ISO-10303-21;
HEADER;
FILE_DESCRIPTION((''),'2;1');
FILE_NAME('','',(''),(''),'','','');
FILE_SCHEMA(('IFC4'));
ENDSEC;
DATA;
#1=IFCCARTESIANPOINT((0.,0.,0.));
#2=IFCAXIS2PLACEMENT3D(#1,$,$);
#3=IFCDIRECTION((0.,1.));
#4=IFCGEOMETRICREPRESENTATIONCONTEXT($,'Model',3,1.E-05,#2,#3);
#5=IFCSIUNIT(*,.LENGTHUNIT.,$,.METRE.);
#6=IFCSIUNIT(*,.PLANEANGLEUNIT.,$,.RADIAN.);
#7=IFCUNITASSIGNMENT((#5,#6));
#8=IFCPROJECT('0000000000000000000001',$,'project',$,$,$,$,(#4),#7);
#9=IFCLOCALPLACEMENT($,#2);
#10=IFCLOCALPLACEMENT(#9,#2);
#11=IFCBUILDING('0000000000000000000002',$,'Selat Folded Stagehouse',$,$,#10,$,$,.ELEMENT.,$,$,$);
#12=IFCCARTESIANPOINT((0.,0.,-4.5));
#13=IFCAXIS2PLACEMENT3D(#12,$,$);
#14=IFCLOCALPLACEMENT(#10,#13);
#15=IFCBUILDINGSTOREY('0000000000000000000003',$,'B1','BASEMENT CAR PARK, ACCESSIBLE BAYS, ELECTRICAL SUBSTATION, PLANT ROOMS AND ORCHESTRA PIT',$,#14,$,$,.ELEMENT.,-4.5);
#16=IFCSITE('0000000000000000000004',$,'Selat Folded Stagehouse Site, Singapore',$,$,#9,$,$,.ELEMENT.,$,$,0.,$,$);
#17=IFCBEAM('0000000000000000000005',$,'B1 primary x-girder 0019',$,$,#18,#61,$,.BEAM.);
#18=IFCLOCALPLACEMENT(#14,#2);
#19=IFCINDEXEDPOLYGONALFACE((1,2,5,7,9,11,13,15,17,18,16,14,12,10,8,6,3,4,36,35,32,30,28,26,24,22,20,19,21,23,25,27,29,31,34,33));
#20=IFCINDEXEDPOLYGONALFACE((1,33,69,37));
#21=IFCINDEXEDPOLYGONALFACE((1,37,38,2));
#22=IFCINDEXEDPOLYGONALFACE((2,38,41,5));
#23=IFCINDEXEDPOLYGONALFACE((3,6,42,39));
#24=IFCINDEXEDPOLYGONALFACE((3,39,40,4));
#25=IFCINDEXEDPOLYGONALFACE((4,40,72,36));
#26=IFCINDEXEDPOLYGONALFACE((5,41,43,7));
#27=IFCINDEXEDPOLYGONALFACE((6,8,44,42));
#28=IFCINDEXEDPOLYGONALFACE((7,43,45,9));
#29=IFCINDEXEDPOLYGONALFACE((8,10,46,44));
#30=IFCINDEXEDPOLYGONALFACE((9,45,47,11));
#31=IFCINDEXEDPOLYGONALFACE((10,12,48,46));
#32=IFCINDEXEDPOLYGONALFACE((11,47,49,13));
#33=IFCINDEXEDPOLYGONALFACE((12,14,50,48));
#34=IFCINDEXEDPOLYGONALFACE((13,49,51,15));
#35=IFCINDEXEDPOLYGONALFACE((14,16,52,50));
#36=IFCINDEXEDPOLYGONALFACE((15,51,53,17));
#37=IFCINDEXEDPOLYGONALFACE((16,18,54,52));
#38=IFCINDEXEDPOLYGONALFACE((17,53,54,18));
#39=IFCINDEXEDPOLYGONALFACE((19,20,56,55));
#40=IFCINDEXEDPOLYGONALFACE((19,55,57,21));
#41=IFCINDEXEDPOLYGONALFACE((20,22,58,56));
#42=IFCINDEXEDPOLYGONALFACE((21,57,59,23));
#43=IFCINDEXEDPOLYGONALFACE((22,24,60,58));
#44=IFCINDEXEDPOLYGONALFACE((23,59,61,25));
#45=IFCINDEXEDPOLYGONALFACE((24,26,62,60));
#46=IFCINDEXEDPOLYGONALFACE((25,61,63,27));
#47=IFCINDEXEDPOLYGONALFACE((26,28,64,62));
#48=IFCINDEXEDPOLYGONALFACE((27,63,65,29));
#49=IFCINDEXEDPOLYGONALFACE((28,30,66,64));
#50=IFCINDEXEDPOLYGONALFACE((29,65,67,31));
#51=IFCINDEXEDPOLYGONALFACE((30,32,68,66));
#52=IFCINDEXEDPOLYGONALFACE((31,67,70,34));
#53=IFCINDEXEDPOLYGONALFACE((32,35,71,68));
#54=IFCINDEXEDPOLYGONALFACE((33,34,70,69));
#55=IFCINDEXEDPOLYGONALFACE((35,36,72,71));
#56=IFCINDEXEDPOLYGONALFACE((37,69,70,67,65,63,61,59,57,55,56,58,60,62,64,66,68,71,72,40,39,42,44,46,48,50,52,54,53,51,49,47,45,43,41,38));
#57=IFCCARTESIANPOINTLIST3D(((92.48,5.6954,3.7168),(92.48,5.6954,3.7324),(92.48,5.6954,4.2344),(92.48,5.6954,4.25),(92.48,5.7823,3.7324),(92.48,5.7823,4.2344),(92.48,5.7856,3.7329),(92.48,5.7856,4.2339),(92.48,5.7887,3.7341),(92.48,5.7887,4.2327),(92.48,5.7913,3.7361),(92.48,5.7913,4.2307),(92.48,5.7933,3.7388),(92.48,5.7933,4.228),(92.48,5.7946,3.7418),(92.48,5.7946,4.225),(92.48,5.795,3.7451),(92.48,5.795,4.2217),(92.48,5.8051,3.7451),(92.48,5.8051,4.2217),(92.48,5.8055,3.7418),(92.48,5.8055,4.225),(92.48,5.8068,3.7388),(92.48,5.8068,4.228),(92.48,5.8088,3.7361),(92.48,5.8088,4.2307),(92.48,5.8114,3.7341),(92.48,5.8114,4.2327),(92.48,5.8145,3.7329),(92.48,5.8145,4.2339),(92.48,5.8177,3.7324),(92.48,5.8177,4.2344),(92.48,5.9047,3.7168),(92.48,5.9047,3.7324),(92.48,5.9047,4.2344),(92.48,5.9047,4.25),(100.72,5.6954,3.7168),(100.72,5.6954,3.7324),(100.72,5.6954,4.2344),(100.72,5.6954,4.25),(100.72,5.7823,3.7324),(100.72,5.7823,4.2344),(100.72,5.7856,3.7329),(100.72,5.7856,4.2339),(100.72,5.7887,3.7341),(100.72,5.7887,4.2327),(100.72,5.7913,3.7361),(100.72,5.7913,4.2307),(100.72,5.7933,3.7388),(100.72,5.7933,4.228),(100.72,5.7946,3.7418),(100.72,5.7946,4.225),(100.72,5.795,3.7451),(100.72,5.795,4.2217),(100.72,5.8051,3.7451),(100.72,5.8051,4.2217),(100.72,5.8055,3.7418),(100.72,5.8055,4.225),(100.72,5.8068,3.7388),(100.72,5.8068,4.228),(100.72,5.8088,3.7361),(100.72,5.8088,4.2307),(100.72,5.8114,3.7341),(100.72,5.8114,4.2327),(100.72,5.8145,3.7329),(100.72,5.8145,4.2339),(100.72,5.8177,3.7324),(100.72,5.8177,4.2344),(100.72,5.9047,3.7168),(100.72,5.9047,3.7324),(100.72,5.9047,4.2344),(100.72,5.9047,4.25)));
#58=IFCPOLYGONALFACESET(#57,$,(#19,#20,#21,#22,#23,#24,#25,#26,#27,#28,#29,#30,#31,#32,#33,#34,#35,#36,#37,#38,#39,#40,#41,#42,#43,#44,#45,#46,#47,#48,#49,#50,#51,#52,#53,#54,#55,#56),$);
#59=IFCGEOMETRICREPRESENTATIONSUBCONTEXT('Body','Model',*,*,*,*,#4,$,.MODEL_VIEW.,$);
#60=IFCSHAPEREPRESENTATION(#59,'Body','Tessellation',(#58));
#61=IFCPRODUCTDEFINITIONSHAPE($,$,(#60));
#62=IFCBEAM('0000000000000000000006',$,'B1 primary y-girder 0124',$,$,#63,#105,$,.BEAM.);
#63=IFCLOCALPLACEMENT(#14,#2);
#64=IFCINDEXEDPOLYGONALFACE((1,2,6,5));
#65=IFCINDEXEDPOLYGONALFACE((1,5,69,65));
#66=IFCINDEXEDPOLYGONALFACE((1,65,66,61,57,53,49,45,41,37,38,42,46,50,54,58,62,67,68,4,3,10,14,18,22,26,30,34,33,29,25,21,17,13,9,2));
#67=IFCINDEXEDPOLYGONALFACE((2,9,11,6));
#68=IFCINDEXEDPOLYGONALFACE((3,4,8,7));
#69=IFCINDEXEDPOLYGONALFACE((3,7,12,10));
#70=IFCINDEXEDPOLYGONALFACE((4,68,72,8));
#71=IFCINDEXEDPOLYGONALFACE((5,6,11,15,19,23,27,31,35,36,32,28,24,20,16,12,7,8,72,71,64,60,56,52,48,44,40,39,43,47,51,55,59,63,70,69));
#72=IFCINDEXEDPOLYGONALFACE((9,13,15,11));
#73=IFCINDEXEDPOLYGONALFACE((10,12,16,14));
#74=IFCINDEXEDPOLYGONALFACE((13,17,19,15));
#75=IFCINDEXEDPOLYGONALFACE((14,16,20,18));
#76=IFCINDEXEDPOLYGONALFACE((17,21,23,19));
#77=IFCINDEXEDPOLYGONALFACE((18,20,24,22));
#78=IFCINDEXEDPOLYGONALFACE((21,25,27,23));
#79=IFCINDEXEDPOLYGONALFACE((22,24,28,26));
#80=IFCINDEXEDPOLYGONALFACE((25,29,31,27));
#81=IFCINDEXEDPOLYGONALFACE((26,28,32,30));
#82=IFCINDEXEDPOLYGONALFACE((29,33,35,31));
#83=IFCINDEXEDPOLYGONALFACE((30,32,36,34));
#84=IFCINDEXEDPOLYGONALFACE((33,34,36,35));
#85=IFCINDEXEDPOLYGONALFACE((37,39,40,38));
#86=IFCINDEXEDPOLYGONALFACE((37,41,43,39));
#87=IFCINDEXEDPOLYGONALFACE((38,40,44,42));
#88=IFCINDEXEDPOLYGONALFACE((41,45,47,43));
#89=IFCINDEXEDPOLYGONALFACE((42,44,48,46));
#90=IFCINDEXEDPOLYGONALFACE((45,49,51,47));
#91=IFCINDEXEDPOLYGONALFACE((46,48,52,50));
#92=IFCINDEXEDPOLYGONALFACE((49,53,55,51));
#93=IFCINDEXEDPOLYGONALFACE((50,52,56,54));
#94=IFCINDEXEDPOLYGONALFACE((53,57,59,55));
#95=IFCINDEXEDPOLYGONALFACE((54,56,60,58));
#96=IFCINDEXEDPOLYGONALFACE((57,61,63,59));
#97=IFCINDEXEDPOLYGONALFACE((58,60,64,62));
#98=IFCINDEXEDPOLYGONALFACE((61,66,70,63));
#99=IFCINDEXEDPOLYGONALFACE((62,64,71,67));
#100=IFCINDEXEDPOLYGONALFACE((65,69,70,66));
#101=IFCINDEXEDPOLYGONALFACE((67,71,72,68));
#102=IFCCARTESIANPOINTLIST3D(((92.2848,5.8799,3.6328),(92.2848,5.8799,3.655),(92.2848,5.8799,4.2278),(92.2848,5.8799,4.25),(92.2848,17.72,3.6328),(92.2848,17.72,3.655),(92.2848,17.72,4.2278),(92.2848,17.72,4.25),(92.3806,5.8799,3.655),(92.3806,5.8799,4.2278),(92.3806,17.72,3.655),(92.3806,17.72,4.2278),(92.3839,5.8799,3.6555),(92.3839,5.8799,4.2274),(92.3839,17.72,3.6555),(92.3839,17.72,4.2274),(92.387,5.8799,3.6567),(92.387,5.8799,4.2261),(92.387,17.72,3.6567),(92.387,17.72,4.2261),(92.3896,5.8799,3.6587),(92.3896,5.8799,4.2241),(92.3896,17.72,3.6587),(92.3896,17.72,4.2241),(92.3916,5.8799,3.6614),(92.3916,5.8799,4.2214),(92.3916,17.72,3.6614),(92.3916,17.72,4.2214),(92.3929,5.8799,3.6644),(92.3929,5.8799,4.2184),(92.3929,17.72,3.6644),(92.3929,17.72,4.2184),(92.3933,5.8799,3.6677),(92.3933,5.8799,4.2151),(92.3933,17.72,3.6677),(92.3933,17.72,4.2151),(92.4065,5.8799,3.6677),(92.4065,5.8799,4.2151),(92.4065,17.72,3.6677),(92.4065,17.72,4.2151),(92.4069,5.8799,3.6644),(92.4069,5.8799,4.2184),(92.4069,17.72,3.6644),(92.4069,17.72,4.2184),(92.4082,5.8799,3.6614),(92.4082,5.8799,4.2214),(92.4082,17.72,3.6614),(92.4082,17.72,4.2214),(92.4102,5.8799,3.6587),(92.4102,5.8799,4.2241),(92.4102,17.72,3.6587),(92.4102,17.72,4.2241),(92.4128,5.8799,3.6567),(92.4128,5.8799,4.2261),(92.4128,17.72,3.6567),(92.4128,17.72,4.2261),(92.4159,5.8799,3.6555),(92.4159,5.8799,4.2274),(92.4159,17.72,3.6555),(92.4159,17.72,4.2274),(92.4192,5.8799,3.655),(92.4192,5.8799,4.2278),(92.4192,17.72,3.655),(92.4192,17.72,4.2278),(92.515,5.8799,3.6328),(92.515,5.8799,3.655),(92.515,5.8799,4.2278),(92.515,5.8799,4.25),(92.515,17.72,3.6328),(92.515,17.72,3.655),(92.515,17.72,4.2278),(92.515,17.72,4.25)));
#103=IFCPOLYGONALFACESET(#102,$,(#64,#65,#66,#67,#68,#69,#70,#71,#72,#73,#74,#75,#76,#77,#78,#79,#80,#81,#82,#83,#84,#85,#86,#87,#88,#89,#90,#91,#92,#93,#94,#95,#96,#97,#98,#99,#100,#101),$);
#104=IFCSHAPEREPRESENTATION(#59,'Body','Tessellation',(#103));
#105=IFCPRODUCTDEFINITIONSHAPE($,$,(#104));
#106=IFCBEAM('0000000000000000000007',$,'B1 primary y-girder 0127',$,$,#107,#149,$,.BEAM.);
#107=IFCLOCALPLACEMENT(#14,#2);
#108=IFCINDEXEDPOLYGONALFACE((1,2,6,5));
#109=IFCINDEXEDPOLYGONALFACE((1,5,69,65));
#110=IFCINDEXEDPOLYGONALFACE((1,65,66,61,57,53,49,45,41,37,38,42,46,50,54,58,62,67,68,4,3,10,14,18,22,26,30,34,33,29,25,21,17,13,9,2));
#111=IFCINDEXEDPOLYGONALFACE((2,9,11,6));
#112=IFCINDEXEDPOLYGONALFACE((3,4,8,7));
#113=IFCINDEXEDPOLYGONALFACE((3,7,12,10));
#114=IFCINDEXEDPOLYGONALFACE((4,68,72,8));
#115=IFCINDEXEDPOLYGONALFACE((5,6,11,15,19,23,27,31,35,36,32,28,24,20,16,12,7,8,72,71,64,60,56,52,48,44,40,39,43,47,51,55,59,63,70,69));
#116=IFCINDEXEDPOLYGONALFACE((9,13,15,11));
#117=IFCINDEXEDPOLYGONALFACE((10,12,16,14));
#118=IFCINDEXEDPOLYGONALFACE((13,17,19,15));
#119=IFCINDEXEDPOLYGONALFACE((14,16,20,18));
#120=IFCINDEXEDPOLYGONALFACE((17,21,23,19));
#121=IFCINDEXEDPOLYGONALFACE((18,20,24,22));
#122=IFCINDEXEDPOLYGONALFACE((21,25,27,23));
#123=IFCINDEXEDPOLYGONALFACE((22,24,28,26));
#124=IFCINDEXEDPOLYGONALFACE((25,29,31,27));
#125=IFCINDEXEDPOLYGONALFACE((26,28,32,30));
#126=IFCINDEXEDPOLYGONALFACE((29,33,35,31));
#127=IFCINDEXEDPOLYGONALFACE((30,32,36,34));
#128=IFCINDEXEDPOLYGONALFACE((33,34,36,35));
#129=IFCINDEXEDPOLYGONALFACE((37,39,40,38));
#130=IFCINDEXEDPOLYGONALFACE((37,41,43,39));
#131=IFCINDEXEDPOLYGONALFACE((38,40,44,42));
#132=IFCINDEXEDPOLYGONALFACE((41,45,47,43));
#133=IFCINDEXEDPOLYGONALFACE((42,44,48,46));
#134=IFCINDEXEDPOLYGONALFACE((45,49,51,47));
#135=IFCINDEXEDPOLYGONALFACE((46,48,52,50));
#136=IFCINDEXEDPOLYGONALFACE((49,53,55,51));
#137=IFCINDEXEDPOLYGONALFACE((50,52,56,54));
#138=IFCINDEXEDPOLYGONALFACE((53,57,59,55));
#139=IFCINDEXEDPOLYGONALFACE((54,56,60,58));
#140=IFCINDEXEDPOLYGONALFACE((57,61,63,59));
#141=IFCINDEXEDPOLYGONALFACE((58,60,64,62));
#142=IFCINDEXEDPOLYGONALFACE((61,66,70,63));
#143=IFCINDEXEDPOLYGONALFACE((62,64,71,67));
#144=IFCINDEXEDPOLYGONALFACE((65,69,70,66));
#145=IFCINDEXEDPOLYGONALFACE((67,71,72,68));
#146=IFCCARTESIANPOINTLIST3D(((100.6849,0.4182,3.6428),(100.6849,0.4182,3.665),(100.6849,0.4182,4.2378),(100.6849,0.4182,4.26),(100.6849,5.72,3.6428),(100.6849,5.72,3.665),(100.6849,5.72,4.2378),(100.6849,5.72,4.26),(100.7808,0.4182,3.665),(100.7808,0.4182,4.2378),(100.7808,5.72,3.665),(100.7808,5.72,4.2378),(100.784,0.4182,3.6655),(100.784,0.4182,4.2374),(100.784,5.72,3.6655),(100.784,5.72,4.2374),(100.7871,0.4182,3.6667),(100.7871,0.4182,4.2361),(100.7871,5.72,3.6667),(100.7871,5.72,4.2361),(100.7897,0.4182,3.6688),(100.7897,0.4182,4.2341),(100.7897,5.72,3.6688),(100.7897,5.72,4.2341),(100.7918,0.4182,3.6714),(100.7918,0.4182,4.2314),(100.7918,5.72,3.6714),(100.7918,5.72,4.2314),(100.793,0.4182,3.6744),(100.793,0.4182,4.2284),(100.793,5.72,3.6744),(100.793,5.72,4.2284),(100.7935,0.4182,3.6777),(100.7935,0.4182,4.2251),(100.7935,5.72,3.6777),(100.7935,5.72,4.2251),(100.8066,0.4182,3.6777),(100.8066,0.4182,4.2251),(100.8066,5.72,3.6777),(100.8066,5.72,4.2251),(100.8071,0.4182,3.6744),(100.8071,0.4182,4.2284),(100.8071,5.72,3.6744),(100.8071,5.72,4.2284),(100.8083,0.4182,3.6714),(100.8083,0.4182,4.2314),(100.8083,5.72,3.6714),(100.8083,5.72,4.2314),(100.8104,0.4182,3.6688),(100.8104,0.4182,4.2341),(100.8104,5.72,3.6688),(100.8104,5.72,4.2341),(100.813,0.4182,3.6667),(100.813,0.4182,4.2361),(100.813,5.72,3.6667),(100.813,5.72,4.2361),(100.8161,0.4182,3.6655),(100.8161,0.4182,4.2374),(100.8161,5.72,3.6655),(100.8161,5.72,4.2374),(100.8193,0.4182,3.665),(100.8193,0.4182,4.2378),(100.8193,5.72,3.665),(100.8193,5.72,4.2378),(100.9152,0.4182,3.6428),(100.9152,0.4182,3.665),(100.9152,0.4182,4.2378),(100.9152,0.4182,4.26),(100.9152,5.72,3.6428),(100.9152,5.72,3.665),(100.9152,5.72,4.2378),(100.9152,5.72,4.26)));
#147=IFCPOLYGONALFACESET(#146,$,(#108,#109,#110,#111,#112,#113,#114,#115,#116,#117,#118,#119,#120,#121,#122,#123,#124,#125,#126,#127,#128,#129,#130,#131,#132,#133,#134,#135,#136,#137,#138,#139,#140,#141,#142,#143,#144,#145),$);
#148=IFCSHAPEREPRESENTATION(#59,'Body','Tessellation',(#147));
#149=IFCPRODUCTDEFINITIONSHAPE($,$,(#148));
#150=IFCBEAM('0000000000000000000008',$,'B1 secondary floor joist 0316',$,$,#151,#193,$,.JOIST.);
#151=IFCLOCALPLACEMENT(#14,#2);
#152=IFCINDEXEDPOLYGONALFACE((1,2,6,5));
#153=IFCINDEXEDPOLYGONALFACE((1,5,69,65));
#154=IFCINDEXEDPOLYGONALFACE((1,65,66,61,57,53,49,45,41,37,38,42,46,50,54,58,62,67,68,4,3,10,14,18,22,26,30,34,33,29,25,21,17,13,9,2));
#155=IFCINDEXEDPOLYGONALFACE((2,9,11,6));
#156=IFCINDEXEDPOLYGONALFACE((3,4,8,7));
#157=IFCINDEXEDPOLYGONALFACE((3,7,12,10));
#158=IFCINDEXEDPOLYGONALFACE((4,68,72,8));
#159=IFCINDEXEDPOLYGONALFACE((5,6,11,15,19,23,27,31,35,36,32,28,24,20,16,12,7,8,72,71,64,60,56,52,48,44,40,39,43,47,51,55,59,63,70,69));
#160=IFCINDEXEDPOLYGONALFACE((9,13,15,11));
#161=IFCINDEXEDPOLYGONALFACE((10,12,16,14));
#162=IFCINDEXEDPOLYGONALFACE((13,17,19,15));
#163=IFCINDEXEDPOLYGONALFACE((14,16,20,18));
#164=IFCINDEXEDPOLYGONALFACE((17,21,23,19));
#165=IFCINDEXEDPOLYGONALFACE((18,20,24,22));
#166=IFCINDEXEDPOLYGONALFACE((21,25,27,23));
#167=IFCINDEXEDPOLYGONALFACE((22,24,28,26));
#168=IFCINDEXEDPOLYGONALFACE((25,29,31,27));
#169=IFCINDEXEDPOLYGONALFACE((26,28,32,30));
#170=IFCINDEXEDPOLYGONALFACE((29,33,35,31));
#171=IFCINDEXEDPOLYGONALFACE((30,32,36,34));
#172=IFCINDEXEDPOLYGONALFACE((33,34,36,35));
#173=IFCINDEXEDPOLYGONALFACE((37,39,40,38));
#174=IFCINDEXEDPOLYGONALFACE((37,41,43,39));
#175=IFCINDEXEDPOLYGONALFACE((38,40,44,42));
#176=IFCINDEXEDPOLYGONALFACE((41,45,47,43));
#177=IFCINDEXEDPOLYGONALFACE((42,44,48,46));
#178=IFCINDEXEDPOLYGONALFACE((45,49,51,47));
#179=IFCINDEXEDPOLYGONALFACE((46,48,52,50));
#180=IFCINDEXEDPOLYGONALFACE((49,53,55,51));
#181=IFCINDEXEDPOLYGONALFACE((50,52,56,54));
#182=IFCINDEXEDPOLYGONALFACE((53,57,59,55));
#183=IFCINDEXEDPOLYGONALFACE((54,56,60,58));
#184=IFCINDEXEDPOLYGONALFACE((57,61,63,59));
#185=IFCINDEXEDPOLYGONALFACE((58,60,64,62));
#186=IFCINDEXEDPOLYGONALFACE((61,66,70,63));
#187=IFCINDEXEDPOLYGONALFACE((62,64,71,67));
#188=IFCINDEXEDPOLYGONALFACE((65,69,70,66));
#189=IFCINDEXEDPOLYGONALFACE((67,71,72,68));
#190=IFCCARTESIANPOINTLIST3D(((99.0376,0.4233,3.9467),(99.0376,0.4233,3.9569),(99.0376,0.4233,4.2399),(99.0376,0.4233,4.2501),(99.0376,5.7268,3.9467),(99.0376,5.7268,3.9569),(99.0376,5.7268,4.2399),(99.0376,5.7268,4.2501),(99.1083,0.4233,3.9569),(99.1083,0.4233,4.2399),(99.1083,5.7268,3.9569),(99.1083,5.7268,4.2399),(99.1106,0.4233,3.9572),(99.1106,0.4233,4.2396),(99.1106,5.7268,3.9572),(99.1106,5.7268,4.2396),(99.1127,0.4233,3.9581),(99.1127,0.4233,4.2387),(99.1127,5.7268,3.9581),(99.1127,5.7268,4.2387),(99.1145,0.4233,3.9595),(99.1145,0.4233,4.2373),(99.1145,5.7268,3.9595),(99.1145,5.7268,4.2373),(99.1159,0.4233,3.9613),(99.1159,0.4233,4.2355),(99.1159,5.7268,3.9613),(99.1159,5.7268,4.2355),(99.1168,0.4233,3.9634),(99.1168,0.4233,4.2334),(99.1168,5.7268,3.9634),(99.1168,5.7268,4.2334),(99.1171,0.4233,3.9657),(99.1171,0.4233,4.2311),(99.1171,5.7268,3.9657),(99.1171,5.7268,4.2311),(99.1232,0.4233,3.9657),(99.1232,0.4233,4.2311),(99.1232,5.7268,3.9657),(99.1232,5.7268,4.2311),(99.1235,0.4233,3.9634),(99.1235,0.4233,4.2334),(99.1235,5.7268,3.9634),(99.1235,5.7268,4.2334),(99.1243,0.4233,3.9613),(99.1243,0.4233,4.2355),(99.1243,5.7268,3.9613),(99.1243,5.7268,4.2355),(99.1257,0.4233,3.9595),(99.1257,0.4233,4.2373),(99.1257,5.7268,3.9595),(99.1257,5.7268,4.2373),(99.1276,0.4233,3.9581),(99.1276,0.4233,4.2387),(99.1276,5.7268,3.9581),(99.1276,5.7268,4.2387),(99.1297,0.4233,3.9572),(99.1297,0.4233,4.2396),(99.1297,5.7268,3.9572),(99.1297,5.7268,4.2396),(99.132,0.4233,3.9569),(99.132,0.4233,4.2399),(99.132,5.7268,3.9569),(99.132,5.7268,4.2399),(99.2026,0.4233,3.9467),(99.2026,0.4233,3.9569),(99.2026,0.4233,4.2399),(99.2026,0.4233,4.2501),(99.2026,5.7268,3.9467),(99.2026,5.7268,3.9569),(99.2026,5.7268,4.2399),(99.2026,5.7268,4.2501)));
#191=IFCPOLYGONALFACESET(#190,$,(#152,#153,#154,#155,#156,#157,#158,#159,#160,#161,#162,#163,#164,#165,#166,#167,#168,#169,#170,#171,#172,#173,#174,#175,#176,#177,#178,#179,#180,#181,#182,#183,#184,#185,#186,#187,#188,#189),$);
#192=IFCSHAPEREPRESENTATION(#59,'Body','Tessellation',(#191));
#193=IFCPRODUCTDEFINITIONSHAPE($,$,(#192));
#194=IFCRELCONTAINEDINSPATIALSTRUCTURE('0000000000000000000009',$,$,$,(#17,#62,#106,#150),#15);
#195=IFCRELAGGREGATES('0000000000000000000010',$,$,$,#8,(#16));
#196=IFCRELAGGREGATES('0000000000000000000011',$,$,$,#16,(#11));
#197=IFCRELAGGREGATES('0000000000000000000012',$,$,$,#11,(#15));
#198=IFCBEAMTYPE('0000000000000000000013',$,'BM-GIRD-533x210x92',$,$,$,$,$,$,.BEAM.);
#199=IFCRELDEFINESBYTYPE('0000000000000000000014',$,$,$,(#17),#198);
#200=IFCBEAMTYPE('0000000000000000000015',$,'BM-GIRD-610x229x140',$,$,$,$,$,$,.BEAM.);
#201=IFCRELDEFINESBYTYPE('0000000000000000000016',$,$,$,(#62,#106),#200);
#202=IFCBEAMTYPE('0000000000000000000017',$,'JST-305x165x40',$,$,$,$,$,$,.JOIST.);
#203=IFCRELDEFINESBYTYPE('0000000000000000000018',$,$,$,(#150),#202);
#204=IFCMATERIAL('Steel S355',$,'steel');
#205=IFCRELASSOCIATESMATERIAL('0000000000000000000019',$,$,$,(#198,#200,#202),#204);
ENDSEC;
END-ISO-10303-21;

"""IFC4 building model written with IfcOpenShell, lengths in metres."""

from ifc_helpers import new_model, si_unit, direction, frame, origin, origin_2d, place, context, subcontext, project, spatial, i_section, extrude, material, material_profile, profile_set, type_object, element, save


model = new_model("IFC4")

# Units and contexts
model_context = context("Model", 3, precision=1e-05, world=origin(), true_north=direction((0.0, 1.0)))
body_context = subcontext(model_context, "Body", "Model", "MODEL_VIEW")
ifc_project = project(units=[si_unit("LENGTHUNIT", "METRE"), si_unit("PLANEANGLEUNIT", "RADIAN")], contexts=[model_context])

# Site, building, storey
site_placement = place(None, origin())
site = spatial("IfcSite", under=ifc_project, at=site_placement, Name="Selat Folded Stagehouse Site, Singapore", CompositionType="ELEMENT", RefElevation=0.0)
building_placement = place(site_placement, origin())
building = spatial("IfcBuilding", under=site, at=building_placement, Name="Selat Folded Stagehouse", CompositionType="ELEMENT")
storey_placement = place(building_placement, frame((0.0, 0.0, -4.5)))
storey = spatial("IfcBuildingStorey", under=building, at=storey_placement, Name="B1", Description="BASEMENT CAR PARK, ACCESSIBLE BAYS, ELECTRICAL SUBSTATION, PLANT ROOMS AND ORCHESTRA PIT", CompositionType="ELEMENT", Elevation=-4.5)

# Shared definitions
ifc_material_1 = material(Name="Steel S355", Category="steel")

# Beams
ifc_material_profile_1 = material_profile(ifc_material_1, i_section(OverallWidth=0.2092, OverallDepth=0.5332, WebThickness=0.01, FlangeThickness=0.0156, FilletRadius=0.0127, at=origin_2d()), Name="UKB 533x210x92")
ifc_profile_set_1 = profile_set([ifc_material_profile_1], Name="Steel S355")
beam_type_1 = type_object("IfcBeamType", Name="BM-GIRD-533x210x92", PredefinedType="BEAM", material=ifc_profile_set_1)
beam_1_placement = place(storey_placement, frame((92.48, 5.8, 3.9834), z_axis=(1.0, 0.0, 0.0), x_axis=(0.0, 1.0, 0.0)))
element("IfcBeam", 1, at=beam_1_placement, inside=storey, type_object=beam_type_1, Name="B1 primary x-girder 0019", PredefinedType="BEAM", context=body_context, shape_type="SweptSolid", body=[
    extrude(i_section(OverallWidth=0.2092, OverallDepth=0.5332, WebThickness=0.01, FlangeThickness=0.0156, FilletRadius=0.0127, at=origin_2d()), origin(), (0.0, 0.0, 1.0), 8.24),
])
ifc_material_profile_2 = material_profile(ifc_material_1, i_section(OverallWidth=0.2302, OverallDepth=0.6172, WebThickness=0.0132, FlangeThickness=0.0222, FilletRadius=0.0127, at=origin_2d()), Name="UKB 610x229x140")
ifc_profile_set_2 = profile_set([ifc_material_profile_2], Name="Steel S355")
beam_type_2 = type_object("IfcBeamType", Name="BM-GIRD-610x229x140", PredefinedType="BEAM", material=ifc_profile_set_2)
beam_2_placement = place(storey_placement, frame((92.3999, 5.8799, 3.9414), z_axis=(0.0, 1.0, 0.0), x_axis=(-1.0, 0.0, 0.0)))
element("IfcBeam", 2, at=beam_2_placement, inside=storey, type_object=beam_type_2, Name="B1 primary y-girder 0124", PredefinedType="BEAM", context=body_context, shape_type="SweptSolid", body=[
    extrude(i_section(OverallWidth=0.2302, OverallDepth=0.6172, WebThickness=0.0132, FlangeThickness=0.0222, FilletRadius=0.0127, at=origin_2d()), origin(), (0.0, 0.0, 1.0), 11.8401),
])
beam_3_placement = place(storey_placement, frame((100.8, 0.4182, 3.9514), z_axis=(0.0, 1.0, 0.0), x_axis=(-1.0, 0.0, 0.0)))
element("IfcBeam", 3, at=beam_3_placement, inside=storey, type_object=beam_type_2, Name="B1 primary y-girder 0127", PredefinedType="BEAM", context=body_context, shape_type="SweptSolid", body=[
    extrude(i_section(OverallWidth=0.2302, OverallDepth=0.6172, WebThickness=0.0132, FlangeThickness=0.0222, FilletRadius=0.0127, at=origin_2d()), origin(), (0.0, 0.0, 1.0), 5.3018),
])
ifc_material_profile_3 = material_profile(ifc_material_1, i_section(OverallWidth=0.165, OverallDepth=0.3035, WebThickness=0.0061, FlangeThickness=0.0103, FilletRadius=0.0088, at=origin_2d()), Name="UKB 305x165x40")
ifc_profile_set_3 = profile_set([ifc_material_profile_3], Name="Steel S355")
beam_type_3 = type_object("IfcBeamType", Name="JST-305x165x40", PredefinedType="JOIST", material=ifc_profile_set_3)
beam_4_placement = place(storey_placement, frame((99.1201, 0.4233, 4.0984), z_axis=(0.0, 1.0, 0.0), x_axis=(-1.0, 0.0, 0.0)))
element("IfcBeam", 4, at=beam_4_placement, inside=storey, type_object=beam_type_3, Name="B1 secondary floor joist 0316", PredefinedType="JOIST", context=body_context, shape_type="SweptSolid", body=[
    extrude(i_section(OverallWidth=0.165, OverallDepth=0.3035, WebThickness=0.0061, FlangeThickness=0.0103, FilletRadius=0.0088, at=origin_2d()), origin(), (0.0, 0.0, 1.0), 5.3035),
])

save(model, "model.ifc")
